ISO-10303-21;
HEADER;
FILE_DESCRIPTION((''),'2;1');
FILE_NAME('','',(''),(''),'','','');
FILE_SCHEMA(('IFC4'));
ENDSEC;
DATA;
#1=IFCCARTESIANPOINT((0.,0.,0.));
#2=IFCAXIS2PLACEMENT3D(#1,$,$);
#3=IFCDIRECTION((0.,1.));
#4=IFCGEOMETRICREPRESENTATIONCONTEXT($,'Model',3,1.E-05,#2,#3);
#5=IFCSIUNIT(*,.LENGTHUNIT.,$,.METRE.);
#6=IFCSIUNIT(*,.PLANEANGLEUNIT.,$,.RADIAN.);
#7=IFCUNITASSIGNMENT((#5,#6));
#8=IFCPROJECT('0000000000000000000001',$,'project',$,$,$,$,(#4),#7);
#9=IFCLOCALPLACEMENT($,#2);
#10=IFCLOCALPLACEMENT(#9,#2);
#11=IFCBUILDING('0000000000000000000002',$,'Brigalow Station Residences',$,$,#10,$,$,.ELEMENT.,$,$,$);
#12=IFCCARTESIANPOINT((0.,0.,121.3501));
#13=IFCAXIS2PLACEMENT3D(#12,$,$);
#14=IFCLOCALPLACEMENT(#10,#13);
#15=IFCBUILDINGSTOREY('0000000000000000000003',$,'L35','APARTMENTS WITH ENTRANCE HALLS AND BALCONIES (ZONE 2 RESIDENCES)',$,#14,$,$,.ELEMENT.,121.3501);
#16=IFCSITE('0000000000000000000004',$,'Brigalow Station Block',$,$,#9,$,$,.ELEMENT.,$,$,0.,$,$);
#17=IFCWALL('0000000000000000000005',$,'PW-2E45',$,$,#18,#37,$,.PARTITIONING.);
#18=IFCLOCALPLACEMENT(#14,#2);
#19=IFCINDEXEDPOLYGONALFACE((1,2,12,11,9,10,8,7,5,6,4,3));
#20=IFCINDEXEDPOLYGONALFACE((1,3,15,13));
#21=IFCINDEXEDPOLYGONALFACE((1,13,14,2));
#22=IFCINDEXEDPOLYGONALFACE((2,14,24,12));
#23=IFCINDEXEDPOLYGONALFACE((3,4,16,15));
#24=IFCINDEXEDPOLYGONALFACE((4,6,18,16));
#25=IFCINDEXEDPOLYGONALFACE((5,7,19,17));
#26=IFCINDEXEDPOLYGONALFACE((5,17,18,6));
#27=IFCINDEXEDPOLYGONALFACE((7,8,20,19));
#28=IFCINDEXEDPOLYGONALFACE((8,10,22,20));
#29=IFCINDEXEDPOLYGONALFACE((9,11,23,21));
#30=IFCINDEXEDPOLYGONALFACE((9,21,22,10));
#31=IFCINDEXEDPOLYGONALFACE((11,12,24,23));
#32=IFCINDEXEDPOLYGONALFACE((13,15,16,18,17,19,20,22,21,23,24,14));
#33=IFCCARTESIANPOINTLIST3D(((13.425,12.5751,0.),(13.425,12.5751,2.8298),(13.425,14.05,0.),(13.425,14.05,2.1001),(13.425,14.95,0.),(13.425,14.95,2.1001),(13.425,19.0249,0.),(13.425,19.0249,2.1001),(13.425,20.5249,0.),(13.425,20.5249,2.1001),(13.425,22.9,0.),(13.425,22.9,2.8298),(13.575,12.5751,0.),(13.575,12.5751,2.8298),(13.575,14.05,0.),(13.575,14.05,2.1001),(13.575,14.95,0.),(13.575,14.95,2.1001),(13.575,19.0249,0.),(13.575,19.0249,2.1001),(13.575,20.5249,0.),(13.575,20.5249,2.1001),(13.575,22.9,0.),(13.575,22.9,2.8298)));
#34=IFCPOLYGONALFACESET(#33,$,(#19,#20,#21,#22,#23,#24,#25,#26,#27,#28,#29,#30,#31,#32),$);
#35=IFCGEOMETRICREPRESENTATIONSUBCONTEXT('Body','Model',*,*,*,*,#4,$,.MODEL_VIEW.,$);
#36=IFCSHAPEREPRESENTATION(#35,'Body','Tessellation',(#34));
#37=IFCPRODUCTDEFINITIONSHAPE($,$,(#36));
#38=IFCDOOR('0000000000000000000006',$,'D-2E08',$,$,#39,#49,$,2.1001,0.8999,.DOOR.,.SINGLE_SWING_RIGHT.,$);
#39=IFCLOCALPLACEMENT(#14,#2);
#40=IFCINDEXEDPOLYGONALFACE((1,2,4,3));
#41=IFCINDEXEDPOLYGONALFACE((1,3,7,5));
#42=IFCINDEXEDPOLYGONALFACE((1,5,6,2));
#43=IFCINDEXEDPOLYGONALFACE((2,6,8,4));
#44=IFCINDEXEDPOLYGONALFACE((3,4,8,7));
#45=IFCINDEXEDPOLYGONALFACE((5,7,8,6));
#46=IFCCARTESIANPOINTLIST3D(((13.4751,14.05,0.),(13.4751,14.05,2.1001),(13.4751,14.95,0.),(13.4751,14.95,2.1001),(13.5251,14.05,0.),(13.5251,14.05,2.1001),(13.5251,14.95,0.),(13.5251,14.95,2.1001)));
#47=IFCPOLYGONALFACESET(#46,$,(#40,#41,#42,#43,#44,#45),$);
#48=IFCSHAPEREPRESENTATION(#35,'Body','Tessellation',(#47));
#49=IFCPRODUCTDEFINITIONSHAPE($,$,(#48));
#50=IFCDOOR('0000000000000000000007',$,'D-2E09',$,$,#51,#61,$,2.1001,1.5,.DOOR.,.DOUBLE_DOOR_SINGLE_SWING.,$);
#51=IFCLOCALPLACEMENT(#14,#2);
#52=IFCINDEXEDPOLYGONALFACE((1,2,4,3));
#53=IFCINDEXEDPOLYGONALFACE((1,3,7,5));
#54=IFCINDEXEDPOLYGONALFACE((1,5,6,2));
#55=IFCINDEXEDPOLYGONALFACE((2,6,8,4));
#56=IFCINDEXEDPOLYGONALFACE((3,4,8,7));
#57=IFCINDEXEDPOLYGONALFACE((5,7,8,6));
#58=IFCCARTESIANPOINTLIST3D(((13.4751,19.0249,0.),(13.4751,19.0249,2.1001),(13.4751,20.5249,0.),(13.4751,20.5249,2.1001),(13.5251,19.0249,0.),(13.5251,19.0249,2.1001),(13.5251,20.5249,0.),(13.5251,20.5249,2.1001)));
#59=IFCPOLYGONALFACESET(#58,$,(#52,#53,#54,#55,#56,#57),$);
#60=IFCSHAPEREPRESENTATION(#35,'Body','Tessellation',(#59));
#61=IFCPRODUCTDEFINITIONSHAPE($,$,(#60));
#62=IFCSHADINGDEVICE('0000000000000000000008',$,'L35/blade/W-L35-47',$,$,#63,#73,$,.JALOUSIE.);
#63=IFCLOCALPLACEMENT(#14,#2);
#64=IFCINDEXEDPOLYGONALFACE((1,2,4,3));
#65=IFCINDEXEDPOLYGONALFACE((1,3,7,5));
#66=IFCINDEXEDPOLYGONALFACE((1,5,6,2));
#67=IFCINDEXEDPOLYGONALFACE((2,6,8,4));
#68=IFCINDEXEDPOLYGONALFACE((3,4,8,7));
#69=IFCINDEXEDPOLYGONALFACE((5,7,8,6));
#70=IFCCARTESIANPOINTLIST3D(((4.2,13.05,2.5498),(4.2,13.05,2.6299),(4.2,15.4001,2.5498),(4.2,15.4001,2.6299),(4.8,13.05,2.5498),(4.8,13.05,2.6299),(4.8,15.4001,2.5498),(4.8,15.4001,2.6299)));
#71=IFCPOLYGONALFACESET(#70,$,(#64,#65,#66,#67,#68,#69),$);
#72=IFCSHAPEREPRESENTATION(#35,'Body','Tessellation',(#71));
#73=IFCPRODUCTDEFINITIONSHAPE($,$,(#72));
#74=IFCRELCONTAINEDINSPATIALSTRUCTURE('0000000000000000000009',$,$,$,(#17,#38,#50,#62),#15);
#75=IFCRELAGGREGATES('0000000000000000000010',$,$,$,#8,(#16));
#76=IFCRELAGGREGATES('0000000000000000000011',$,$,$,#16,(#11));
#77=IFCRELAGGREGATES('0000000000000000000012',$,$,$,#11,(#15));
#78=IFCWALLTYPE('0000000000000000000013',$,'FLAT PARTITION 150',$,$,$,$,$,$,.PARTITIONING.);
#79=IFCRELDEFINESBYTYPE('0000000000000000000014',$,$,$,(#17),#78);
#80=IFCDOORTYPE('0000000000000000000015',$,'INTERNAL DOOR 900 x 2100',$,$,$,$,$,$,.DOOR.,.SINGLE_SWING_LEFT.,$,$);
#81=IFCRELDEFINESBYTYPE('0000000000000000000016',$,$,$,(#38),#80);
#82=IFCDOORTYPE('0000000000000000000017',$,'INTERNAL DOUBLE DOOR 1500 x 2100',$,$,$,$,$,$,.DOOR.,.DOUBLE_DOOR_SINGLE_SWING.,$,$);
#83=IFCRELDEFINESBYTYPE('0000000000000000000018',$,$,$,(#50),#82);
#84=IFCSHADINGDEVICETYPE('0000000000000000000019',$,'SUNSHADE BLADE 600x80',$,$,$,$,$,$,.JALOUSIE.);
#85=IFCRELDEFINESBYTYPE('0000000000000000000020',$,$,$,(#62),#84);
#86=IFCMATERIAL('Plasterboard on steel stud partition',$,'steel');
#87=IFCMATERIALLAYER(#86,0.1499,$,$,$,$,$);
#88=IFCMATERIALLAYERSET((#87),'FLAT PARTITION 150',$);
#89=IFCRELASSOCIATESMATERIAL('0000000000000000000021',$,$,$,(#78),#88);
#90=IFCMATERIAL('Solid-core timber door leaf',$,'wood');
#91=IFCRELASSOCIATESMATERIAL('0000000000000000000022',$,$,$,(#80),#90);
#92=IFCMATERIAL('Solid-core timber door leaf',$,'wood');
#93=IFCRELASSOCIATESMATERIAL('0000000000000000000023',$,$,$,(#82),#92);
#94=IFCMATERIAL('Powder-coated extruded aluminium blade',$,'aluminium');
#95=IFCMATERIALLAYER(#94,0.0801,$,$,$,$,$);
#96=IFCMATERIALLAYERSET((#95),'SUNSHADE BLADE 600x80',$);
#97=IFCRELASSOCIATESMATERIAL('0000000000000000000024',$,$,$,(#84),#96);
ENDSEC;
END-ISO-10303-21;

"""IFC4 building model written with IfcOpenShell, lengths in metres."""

from ifc_helpers import new_model, si_unit, direction, frame, frame_2d, origin, origin_2d, place, context, subcontext, project, spatial, rectangle, extrude, material, layer, layer_set, type_object, element, fill, save


model = new_model("IFC4")

# Units and contexts
model_context = context("Model", 3, precision=1e-05, world=origin(), true_north=direction((0.0, 1.0)))
body_context = subcontext(model_context, "Body", "Model", "MODEL_VIEW")
ifc_project = project(units=[si_unit("LENGTHUNIT", "METRE"), si_unit("PLANEANGLEUNIT", "RADIAN")], contexts=[model_context])

# Site, building, storey
site_placement = place(None, origin())
site = spatial("IfcSite", under=ifc_project, at=site_placement, Name="Brigalow Station Block", CompositionType="ELEMENT", RefElevation=0.0)
building_placement = place(site_placement, origin())
building = spatial("IfcBuilding", under=site, at=building_placement, Name="Brigalow Station Residences", CompositionType="ELEMENT")
storey_placement = place(building_placement, frame((0.0, 0.0, 121.3501)))
storey = spatial("IfcBuildingStorey", under=building, at=storey_placement, Name="L35", Description="APARTMENTS WITH ENTRANCE HALLS AND BALCONIES (ZONE 2 RESIDENCES)", CompositionType="ELEMENT", Elevation=121.3501)

# Shared definitions
ifc_material_1 = material(Name="Plasterboard on steel stud partition", Category="steel")
ifc_layer_1 = layer(ifc_material_1, 0.1499)
ifc_layer_set_1 = layer_set([ifc_layer_1], Name="FLAT PARTITION 150")
wall_type_1 = type_object("IfcWallType", Name="FLAT PARTITION 150", PredefinedType="PARTITIONING", material=ifc_layer_set_1)

# Wall, openings, doors
wall_1_placement = place(storey_placement, frame((13.5, 12.575, 0.0), z_axis=(0.0, 0.0, 1.0), x_axis=(0.0, 1.0, 0.0)))
wall_1 = element("IfcWall", 1, at=wall_1_placement, inside=storey, type_object=wall_type_1, Name="PW-2E45", PredefinedType="PARTITIONING", context=body_context, shape_type="SweptSolid", body=[
    extrude(rectangle(XDim=10.325, YDim=0.1499, at=frame_2d((5.1626, 0.0))), origin(), (0.0, 0.0, 1.0), 2.8298),
])
opening_1_placement = place(wall_1_placement, frame((1.4751, 0.0, 0.0)))
opening_1 = element("IfcOpeningElement", 2, at=opening_1_placement, cuts=wall_1, PredefinedType="OPENING", context=body_context, shape_type="SweptSolid", body=[
    extrude(rectangle(XDim=0.8999, YDim=2.1001, at=frame_2d((0.45, 1.05))), frame((0.0, 0.085, 0.0), z_axis=(0.0, -1.0, 0.0), x_axis=(1.0, 0.0, 0.0)), (0.0, 0.0, 1.0), 0.1699),
])
opening_2_placement = place(wall_1_placement, frame((6.45, 0.0, 0.0)))
opening_2 = element("IfcOpeningElement", 3, at=opening_2_placement, cuts=wall_1, PredefinedType="OPENING", context=body_context, shape_type="SweptSolid", body=[
    extrude(rectangle(XDim=1.5, YDim=2.1001, at=frame_2d((0.75, 1.05))), frame((0.0, 0.085, 0.0), z_axis=(0.0, -1.0, 0.0), x_axis=(1.0, 0.0, 0.0)), (0.0, 0.0, 1.0), 0.1699),
])
ifc_material_2 = material(Name="Solid-core timber door leaf", Category="wood")
door_type_1 = type_object("IfcDoorType", Name="INTERNAL DOOR 900 x 2100", OperationType="SINGLE_SWING_LEFT", PredefinedType="DOOR", material=ifc_material_2)
door_1_placement = place(opening_1_placement, origin())
door_1 = element("IfcDoor", 4, at=door_1_placement, inside=storey, type_object=door_type_1, Name="D-2E08", OperationType="SINGLE_SWING_RIGHT", OverallHeight=2.1001, OverallWidth=0.8999, PredefinedType="DOOR", context=body_context, shape_type="SweptSolid", body=[
    extrude(rectangle(XDim=0.8999, YDim=2.1001, at=frame_2d((0.45, 1.05))), frame((0.0, 0.0249, 0.0), z_axis=(0.0, -1.0, 0.0), x_axis=(1.0, 0.0, 0.0)), (0.0, 0.0, 1.0), 0.05),
])
fill(opening_1, door_1)
ifc_material_3 = material(Name="Solid-core timber door leaf", Category="wood")
door_type_2 = type_object("IfcDoorType", Name="INTERNAL DOUBLE DOOR 1500 x 2100", OperationType="DOUBLE_DOOR_SINGLE_SWING", PredefinedType="DOOR", material=ifc_material_3)
door_2_placement = place(opening_2_placement, origin())
door_2 = element("IfcDoor", 5, at=door_2_placement, inside=storey, type_object=door_type_2, Name="D-2E09", OperationType="DOUBLE_DOOR_SINGLE_SWING", OverallHeight=2.1001, OverallWidth=1.5, PredefinedType="DOOR", context=body_context, shape_type="SweptSolid", body=[
    extrude(rectangle(XDim=1.5, YDim=2.1001, at=frame_2d((0.75, 1.05))), frame((0.0, 0.0249, 0.0), z_axis=(0.0, -1.0, 0.0), x_axis=(1.0, 0.0, 0.0)), (0.0, 0.0, 1.0), 0.05),
])
fill(opening_2, door_2)

# Shading device
ifc_material_4 = material(Name="Powder-coated extruded aluminium blade", Category="aluminium")
ifc_layer_2 = layer(ifc_material_4, 0.0801)
ifc_layer_set_2 = layer_set([ifc_layer_2], Name="SUNSHADE BLADE 600x80")
shading_device_type = type_object("IfcShadingDeviceType", Name="SUNSHADE BLADE 600x80", PredefinedType="JALOUSIE", material=ifc_layer_set_2)
shading_device_placement = place(storey_placement, frame((4.5, 14.2251, 2.5498), z_axis=(0.0, 0.0, 1.0), x_axis=(0.0, -1.0, 0.0)))
element("IfcShadingDevice", 6, at=shading_device_placement, inside=storey, type_object=shading_device_type, Name="L35/blade/W-L35-47", PredefinedType="JALOUSIE", context=body_context, shape_type="SweptSolid", body=[
    extrude(rectangle(XDim=2.3501, YDim=0.6001, at=origin_2d()), origin(), (0.0, 0.0, 1.0), 0.0801),
])

save(model, "model.ifc")
